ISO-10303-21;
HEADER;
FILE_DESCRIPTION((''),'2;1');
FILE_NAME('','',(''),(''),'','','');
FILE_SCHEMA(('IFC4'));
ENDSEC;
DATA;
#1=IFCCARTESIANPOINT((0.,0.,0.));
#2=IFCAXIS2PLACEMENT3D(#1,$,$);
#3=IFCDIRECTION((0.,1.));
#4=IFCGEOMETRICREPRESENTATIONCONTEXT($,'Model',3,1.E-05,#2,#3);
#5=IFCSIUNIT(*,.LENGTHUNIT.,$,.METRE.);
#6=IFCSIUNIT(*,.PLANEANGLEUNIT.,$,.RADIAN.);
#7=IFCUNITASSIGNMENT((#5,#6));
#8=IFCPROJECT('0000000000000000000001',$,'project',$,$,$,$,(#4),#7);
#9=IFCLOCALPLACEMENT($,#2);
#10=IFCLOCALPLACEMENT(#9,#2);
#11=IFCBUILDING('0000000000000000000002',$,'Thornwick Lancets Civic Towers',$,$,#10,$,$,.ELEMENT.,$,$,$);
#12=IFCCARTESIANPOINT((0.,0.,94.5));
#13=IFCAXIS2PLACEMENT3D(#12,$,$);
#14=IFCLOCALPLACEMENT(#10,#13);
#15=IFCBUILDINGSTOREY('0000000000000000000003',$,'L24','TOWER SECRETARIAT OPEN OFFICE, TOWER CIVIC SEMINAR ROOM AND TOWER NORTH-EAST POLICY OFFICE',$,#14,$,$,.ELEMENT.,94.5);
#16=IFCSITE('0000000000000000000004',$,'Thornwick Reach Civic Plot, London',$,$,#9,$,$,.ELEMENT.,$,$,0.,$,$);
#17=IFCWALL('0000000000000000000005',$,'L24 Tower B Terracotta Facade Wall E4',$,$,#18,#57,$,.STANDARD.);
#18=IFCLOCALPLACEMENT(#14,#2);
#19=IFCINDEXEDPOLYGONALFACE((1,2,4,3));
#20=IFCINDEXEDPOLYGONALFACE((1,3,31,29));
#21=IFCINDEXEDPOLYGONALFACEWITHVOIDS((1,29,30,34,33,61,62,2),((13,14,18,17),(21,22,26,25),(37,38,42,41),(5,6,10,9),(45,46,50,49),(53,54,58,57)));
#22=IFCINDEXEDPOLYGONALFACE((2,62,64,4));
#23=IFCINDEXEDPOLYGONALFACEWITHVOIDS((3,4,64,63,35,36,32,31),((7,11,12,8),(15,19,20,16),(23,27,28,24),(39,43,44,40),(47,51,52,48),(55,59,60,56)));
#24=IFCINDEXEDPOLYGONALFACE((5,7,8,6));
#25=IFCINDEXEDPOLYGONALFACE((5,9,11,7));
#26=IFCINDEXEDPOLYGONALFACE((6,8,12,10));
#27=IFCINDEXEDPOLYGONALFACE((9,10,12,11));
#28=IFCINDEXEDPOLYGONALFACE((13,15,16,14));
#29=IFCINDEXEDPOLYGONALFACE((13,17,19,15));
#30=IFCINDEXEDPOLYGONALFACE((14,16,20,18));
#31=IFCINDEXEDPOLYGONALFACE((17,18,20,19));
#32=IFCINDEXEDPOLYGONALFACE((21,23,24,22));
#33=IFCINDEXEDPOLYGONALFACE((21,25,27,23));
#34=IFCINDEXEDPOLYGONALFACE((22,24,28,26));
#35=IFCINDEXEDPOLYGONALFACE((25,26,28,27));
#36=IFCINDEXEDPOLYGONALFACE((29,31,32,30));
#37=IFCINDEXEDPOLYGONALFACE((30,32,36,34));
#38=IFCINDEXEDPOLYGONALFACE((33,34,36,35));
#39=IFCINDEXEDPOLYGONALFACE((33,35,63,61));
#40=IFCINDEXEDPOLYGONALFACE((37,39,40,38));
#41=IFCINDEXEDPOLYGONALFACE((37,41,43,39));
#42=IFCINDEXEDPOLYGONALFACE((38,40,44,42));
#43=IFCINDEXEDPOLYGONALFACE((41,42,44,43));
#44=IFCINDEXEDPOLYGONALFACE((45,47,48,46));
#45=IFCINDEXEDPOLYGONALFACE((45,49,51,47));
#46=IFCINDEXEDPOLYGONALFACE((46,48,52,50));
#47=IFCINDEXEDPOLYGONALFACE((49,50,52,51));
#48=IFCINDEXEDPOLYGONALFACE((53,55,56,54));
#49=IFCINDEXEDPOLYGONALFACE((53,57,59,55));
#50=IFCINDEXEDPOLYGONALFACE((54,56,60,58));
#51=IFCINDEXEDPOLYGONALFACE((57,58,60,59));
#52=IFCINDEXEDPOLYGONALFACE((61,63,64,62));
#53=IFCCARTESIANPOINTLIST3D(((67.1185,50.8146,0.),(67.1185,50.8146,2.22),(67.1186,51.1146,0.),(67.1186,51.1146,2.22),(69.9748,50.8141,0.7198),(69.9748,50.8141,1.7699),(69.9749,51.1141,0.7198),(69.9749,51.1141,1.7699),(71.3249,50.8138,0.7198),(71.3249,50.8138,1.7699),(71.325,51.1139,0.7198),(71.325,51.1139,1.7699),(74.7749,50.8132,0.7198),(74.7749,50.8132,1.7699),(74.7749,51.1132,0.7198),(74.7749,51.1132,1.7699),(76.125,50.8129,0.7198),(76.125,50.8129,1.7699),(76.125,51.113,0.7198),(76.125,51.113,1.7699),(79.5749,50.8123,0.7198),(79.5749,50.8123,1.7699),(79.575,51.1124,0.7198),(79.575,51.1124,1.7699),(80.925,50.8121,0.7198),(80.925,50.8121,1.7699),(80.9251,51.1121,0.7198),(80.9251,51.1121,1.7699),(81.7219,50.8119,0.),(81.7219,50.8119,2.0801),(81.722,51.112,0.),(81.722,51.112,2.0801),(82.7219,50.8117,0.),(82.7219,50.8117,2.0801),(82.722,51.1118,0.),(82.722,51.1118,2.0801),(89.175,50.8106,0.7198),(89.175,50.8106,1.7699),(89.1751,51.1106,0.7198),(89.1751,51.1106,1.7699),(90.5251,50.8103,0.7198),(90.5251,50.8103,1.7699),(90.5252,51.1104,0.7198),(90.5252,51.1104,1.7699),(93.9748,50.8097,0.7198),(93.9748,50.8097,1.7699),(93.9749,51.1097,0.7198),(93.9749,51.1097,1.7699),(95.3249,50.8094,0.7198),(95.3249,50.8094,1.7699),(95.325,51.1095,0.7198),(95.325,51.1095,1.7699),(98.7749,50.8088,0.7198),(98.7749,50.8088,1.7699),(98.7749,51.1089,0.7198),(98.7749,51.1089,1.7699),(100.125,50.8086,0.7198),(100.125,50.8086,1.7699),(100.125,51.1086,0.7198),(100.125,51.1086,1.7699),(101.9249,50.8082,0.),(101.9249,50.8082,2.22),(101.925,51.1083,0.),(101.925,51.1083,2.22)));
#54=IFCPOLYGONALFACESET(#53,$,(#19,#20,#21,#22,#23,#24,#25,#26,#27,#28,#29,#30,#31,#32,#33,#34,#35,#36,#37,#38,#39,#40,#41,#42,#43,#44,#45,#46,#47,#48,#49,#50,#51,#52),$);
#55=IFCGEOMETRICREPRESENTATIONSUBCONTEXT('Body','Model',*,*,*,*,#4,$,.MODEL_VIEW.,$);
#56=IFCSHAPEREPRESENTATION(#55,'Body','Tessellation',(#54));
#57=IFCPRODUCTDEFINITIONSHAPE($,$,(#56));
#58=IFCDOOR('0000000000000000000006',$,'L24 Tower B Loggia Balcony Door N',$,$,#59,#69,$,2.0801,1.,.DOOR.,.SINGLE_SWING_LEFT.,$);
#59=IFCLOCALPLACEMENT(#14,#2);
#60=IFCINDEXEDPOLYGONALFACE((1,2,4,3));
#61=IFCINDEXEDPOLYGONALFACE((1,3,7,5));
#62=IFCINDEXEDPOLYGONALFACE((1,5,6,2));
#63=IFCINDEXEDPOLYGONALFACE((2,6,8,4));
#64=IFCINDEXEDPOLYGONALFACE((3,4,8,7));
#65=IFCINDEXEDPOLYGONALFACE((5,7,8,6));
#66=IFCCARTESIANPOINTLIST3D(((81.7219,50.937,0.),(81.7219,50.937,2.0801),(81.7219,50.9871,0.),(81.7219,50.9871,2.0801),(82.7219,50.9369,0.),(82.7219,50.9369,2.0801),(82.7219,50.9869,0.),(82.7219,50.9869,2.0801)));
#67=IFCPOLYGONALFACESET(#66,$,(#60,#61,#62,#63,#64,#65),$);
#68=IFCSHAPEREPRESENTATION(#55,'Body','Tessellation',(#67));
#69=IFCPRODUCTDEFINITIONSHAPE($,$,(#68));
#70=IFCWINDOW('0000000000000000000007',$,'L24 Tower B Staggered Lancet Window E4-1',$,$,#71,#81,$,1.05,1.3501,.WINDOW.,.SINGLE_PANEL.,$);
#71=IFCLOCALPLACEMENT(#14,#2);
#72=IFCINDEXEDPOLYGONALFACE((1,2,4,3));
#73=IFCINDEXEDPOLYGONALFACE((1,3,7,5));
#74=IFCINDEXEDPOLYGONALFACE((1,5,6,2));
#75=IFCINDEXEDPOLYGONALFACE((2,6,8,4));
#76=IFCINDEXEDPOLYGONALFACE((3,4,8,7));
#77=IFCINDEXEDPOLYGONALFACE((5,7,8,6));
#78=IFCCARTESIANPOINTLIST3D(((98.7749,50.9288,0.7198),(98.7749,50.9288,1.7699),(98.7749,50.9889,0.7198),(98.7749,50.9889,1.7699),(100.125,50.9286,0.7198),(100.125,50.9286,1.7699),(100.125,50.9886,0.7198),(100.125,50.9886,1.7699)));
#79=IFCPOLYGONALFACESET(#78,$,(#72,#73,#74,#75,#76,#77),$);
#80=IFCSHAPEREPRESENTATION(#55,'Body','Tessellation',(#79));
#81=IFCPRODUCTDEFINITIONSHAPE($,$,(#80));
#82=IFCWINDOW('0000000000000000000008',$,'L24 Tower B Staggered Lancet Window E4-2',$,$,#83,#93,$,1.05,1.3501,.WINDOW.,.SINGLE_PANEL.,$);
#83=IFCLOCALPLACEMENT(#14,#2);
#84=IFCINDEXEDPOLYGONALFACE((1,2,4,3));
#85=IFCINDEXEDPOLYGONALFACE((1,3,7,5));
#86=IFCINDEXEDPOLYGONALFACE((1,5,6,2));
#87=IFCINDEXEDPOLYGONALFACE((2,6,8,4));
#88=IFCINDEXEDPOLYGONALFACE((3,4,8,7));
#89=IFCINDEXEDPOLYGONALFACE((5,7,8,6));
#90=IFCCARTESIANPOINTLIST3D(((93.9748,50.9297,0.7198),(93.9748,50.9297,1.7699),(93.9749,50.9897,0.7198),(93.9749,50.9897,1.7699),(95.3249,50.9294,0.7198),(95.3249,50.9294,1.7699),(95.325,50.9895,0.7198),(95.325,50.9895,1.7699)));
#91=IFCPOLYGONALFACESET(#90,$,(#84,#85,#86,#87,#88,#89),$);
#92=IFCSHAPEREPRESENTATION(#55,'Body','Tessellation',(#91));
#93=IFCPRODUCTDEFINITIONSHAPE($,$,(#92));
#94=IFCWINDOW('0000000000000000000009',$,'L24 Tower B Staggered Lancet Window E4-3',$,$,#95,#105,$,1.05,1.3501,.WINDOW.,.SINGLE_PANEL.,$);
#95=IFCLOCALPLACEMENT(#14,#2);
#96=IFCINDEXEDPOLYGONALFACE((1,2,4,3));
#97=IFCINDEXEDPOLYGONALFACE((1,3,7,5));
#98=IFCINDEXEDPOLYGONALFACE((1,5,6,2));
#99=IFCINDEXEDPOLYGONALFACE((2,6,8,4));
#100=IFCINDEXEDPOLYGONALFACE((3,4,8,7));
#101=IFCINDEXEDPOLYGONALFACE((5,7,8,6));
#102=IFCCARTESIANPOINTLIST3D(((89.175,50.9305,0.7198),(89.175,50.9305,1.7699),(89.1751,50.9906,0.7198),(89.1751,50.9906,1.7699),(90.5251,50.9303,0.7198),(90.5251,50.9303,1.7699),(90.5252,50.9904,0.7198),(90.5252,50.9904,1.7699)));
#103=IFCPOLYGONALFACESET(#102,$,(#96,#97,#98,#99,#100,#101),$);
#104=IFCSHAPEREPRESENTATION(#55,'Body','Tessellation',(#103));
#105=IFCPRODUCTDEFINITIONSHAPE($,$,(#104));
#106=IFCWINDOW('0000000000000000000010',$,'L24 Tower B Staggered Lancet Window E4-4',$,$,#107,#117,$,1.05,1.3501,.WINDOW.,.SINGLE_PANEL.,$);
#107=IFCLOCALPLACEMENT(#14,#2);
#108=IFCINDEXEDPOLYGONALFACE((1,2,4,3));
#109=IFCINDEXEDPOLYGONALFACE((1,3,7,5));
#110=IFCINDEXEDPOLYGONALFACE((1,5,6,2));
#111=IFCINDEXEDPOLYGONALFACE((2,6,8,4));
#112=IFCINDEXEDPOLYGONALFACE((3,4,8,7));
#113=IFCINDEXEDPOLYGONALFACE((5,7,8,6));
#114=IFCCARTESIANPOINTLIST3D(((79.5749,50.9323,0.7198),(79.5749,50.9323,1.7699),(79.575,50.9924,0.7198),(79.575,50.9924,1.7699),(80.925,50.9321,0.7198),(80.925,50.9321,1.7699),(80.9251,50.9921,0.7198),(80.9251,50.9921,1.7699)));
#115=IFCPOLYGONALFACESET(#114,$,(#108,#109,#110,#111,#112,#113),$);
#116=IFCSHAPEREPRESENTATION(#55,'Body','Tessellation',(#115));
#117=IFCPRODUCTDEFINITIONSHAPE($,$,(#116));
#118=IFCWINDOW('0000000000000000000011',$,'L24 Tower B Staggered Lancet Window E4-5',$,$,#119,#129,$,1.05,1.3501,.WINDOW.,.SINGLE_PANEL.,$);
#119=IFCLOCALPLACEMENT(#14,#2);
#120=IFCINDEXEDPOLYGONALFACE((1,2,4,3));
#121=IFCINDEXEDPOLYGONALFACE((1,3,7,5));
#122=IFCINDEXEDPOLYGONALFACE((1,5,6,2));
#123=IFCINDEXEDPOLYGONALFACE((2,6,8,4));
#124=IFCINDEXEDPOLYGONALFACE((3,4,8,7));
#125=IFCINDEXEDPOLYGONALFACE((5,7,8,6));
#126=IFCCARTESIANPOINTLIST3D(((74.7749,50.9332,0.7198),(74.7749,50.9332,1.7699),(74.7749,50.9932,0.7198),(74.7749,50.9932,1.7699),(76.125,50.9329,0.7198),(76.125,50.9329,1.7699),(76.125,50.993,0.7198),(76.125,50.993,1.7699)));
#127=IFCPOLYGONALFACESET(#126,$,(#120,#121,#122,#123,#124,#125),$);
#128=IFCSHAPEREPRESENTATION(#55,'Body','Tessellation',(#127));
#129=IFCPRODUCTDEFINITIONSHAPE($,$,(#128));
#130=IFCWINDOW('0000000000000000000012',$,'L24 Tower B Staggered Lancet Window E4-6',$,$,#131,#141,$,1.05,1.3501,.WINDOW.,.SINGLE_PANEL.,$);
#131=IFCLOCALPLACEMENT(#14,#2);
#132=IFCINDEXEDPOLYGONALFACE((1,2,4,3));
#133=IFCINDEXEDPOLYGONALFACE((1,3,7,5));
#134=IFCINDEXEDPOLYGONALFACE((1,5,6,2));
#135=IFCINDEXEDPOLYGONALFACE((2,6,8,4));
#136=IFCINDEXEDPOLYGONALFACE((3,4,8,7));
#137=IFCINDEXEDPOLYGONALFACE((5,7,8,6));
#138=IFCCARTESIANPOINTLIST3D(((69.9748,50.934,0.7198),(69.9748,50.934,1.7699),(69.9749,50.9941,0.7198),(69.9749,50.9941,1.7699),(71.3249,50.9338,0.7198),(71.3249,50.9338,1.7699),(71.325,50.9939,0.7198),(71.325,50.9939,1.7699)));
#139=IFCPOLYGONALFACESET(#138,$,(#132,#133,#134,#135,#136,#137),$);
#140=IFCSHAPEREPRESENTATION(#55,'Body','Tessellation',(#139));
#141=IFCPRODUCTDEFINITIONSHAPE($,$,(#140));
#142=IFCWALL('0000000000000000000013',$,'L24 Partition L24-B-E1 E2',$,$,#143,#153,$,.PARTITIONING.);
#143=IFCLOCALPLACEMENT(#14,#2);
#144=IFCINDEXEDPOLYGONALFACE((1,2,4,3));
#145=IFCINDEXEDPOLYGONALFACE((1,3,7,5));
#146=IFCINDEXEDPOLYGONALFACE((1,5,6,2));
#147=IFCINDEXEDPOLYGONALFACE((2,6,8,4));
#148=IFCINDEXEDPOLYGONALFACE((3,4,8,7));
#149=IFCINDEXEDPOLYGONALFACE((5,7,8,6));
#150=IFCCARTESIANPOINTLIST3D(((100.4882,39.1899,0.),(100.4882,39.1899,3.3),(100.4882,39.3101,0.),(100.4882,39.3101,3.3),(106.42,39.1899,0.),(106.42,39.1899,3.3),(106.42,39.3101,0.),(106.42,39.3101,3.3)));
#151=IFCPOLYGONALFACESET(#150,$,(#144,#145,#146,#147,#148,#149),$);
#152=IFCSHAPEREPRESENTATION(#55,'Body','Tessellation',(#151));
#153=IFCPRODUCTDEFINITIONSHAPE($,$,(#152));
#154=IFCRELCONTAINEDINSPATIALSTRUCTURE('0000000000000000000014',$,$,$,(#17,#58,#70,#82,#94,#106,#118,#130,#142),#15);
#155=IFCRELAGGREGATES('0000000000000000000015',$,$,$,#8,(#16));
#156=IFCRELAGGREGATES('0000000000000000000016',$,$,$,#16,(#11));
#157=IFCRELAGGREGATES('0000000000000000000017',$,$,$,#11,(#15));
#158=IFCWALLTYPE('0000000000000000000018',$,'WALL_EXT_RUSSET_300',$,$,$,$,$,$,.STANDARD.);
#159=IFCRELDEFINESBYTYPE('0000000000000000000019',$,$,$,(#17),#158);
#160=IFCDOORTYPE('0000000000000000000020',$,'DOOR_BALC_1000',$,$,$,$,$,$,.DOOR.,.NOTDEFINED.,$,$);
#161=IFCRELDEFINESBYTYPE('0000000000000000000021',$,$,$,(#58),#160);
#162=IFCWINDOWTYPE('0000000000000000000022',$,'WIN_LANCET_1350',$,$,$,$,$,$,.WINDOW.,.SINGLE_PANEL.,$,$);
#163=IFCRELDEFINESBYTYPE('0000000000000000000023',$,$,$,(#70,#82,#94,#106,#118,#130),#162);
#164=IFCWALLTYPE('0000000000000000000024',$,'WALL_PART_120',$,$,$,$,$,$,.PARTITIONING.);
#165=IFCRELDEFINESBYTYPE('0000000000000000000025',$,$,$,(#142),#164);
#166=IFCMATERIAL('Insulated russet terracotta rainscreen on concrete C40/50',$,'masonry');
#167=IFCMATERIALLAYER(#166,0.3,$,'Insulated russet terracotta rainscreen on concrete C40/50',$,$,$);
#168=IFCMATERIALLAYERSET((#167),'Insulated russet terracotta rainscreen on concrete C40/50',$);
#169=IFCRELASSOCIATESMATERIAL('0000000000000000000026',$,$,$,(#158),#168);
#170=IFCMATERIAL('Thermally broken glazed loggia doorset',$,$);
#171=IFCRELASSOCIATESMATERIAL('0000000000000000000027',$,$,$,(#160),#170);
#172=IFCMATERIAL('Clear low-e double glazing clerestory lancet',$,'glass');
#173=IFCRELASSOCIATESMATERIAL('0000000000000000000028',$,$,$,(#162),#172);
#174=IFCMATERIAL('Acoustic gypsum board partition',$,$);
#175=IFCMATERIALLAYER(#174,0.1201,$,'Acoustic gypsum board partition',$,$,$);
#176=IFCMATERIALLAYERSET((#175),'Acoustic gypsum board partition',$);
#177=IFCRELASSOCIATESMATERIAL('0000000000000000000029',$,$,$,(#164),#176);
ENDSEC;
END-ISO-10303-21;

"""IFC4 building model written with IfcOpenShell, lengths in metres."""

from ifc_helpers import new_model, si_unit, direction, frame, frame_2d, origin, place, context, subcontext, project, spatial, rectangle, extrude, material, layer, layer_set, type_object, element, fill, save


model = new_model("IFC4")

# Units and contexts
model_context = context("Model", 3, precision=1e-05, world=origin(), true_north=direction((0.0, 1.0)))
body_context = subcontext(model_context, "Body", "Model", "MODEL_VIEW")
ifc_project = project(units=[si_unit("LENGTHUNIT", "METRE"), si_unit("PLANEANGLEUNIT", "RADIAN")], contexts=[model_context])

# Site, building, storey
site_placement = place(None, origin())
site = spatial("IfcSite", under=ifc_project, at=site_placement, Name="Thornwick Reach Civic Plot, London", CompositionType="ELEMENT", RefElevation=0.0)
building_placement = place(site_placement, origin())
building = spatial("IfcBuilding", under=site, at=building_placement, Name="Thornwick Lancets Civic Towers", CompositionType="ELEMENT")
storey_placement = place(building_placement, frame((0.0, 0.0, 94.5)))
storey = spatial("IfcBuildingStorey", under=building, at=storey_placement, Name="L24", Description="TOWER SECRETARIAT OPEN OFFICE, TOWER CIVIC SEMINAR ROOM AND TOWER NORTH-EAST POLICY OFFICE", CompositionType="ELEMENT", Elevation=94.5)

# Wall, openings, door, windows
ifc_material_1 = material(Name="Insulated russet terracotta rainscreen on concrete C40/50", Category="masonry")
ifc_layer_1 = layer(ifc_material_1, 0.3, Name="Insulated russet terracotta rainscreen on concrete C40/50")
ifc_layer_set_1 = layer_set([ifc_layer_1], Name="Insulated russet terracotta rainscreen on concrete C40/50")
wall_type_1 = type_object("IfcWallType", Name="WALL_EXT_RUSSET_300", PredefinedType="STANDARD", material=ifc_layer_set_1)
wall_1_placement = place(storey_placement, frame((101.925, 50.9583, 0.0), z_axis=(0.0, 0.0, 1.0), x_axis=(-1.0, 0.000182, 0.0)))
wall_1 = element("IfcWall", 1, at=wall_1_placement, inside=storey, type_object=wall_type_1, Name="L24 Tower B Terracotta Facade Wall E4", PredefinedType="STANDARD", context=body_context, shape_type="SweptSolid", body=[
    extrude(rectangle(XDim=34.8064, YDim=0.3, at=frame_2d((17.4033, 0.0))), origin(), (0.0, 0.0, 1.0), 2.22),
])
opening_1_placement = place(wall_1_placement, frame((19.2031, 0.0, 0.0)))
opening_1 = element("IfcOpeningElement", 2, at=opening_1_placement, cuts=wall_1, PredefinedType="OPENING", context=body_context, shape_type="SweptSolid", body=[
    extrude(rectangle(XDim=1.0, YDim=2.0801, at=frame_2d((0.5, 1.04))), frame((0.0, 0.1602, 0.0), z_axis=(0.0, -1.0, 0.0), x_axis=(1.0, 0.0, 0.0)), (0.0, 0.0, 1.0), 0.3201),
])
opening_2_placement = place(wall_1_placement, frame((1.8, 0.0, 0.72)))
opening_2 = element("IfcOpeningElement", 3, at=opening_2_placement, cuts=wall_1, PredefinedType="OPENING", context=body_context, shape_type="SweptSolid", body=[
    extrude(rectangle(XDim=1.3501, YDim=1.05, at=frame_2d((0.675, 0.5249))), frame((0.0, 0.1602, 0.0), z_axis=(0.0, -1.0, 0.0), x_axis=(1.0, 0.0, 0.0)), (0.0, 0.0, 1.0), 0.3201),
])
opening_3_placement = place(wall_1_placement, frame((6.6001, 0.0, 0.72)))
opening_3 = element("IfcOpeningElement", 4, at=opening_3_placement, cuts=wall_1, PredefinedType="OPENING", context=body_context, shape_type="SweptSolid", body=[
    extrude(rectangle(XDim=1.3501, YDim=1.05, at=frame_2d((0.675, 0.5249))), frame((0.0, 0.1602, 0.0), z_axis=(0.0, -1.0, 0.0), x_axis=(1.0, 0.0, 0.0)), (0.0, 0.0, 1.0), 0.3201),
])
opening_4_placement = place(wall_1_placement, frame((11.3999, 0.0, 0.72)))
opening_4 = element("IfcOpeningElement", 5, at=opening_4_placement, cuts=wall_1, PredefinedType="OPENING", context=body_context, shape_type="SweptSolid", body=[
    extrude(rectangle(XDim=1.3501, YDim=1.05, at=frame_2d((0.675, 0.5249))), frame((0.0, 0.1602, 0.0), z_axis=(0.0, -1.0, 0.0), x_axis=(1.0, 0.0, 0.0)), (0.0, 0.0, 1.0), 0.3201),
])
opening_5_placement = place(wall_1_placement, frame((21.0, 0.0, 0.72)))
opening_5 = element("IfcOpeningElement", 6, at=opening_5_placement, cuts=wall_1, PredefinedType="OPENING", context=body_context, shape_type="SweptSolid", body=[
    extrude(rectangle(XDim=1.3501, YDim=1.05, at=frame_2d((0.675, 0.5249))), frame((0.0, 0.1602, 0.0), z_axis=(0.0, -1.0, 0.0), x_axis=(1.0, 0.0, 0.0)), (0.0, 0.0, 1.0), 0.3201),
])
opening_6_placement = place(wall_1_placement, frame((25.8, 0.0, 0.72)))
opening_6 = element("IfcOpeningElement", 7, at=opening_6_placement, cuts=wall_1, PredefinedType="OPENING", context=body_context, shape_type="SweptSolid", body=[
    extrude(rectangle(XDim=1.3501, YDim=1.05, at=frame_2d((0.675, 0.5249))), frame((0.0, 0.1602, 0.0), z_axis=(0.0, -1.0, 0.0), x_axis=(1.0, 0.0, 0.0)), (0.0, 0.0, 1.0), 0.3201),
])
opening_7_placement = place(wall_1_placement, frame((30.6001, 0.0, 0.72)))
opening_7 = element("IfcOpeningElement", 8, at=opening_7_placement, cuts=wall_1, PredefinedType="OPENING", context=body_context, shape_type="SweptSolid", body=[
    extrude(rectangle(XDim=1.3501, YDim=1.05, at=frame_2d((0.675, 0.5249))), frame((0.0, 0.1602, 0.0), z_axis=(0.0, -1.0, 0.0), x_axis=(1.0, 0.0, 0.0)), (0.0, 0.0, 1.0), 0.3201),
])
ifc_material_2 = material(Name="Thermally broken glazed loggia doorset")
door_type_1 = type_object("IfcDoorType", Name="DOOR_BALC_1000", OperationType="NOTDEFINED", PredefinedType="DOOR", material=ifc_material_2)
door_1_placement = place(opening_1_placement, origin())
door_1 = element("IfcDoor", 9, at=door_1_placement, inside=storey, type_object=door_type_1, Name="L24 Tower B Loggia Balcony Door N", OperationType="SINGLE_SWING_LEFT", OverallHeight=2.0801, OverallWidth=1.0, PredefinedType="DOOR", context=body_context, shape_type="SweptSolid", body=[
    extrude(rectangle(XDim=1.0, YDim=2.0801, at=frame_2d((0.5, 1.04))), frame((0.0, 0.0249, 0.0), z_axis=(0.0, -1.0, 0.0), x_axis=(1.0, 0.0, 0.0)), (0.0, 0.0, 1.0), 0.05),
])
fill(opening_1, door_1)
ifc_material_3 = material(Name="Clear low-e double glazing clerestory lancet", Category="glass")
window_type = type_object("IfcWindowType", Name="WIN_LANCET_1350", PartitioningType="SINGLE_PANEL", PredefinedType="WINDOW", material=ifc_material_3)
window_1_placement = place(opening_2_placement, origin())
window_1 = element("IfcWindow", 10, at=window_1_placement, inside=storey, type_object=window_type, Name="L24 Tower B Staggered Lancet Window E4-1", OverallHeight=1.05, OverallWidth=1.3501, PartitioningType="SINGLE_PANEL", PredefinedType="WINDOW", context=body_context, shape_type="SweptSolid", body=[
    extrude(rectangle(XDim=1.3501, YDim=1.05, at=frame_2d((0.675, 0.5249))), frame((0.0, 0.03, 0.0), z_axis=(0.0, -1.0, 0.0), x_axis=(1.0, 0.0, 0.0)), (0.0, 0.0, 1.0), 0.0601),
])
fill(opening_2, window_1)
window_2_placement = place(opening_3_placement, origin())
window_2 = element("IfcWindow", 11, at=window_2_placement, inside=storey, type_object=window_type, Name="L24 Tower B Staggered Lancet Window E4-2", OverallHeight=1.05, OverallWidth=1.3501, PartitioningType="SINGLE_PANEL", PredefinedType="WINDOW", context=body_context, shape_type="SweptSolid", body=[
    extrude(rectangle(XDim=1.3501, YDim=1.05, at=frame_2d((0.675, 0.5249))), frame((0.0, 0.03, 0.0), z_axis=(0.0, -1.0, 0.0), x_axis=(1.0, 0.0, 0.0)), (0.0, 0.0, 1.0), 0.0601),
])
fill(opening_3, window_2)
window_3_placement = place(opening_4_placement, origin())
window_3 = element("IfcWindow", 12, at=window_3_placement, inside=storey, type_object=window_type, Name="L24 Tower B Staggered Lancet Window E4-3", OverallHeight=1.05, OverallWidth=1.3501, PartitioningType="SINGLE_PANEL", PredefinedType="WINDOW", context=body_context, shape_type="SweptSolid", body=[
    extrude(rectangle(XDim=1.3501, YDim=1.05, at=frame_2d((0.675, 0.5249))), frame((0.0, 0.03, 0.0), z_axis=(0.0, -1.0, 0.0), x_axis=(1.0, 0.0, 0.0)), (0.0, 0.0, 1.0), 0.0601),
])
fill(opening_4, window_3)
window_4_placement = place(opening_5_placement, origin())
window_4 = element("IfcWindow", 13, at=window_4_placement, inside=storey, type_object=window_type, Name="L24 Tower B Staggered Lancet Window E4-4", OverallHeight=1.05, OverallWidth=1.3501, PartitioningType="SINGLE_PANEL", PredefinedType="WINDOW", context=body_context, shape_type="SweptSolid", body=[
    extrude(rectangle(XDim=1.3501, YDim=1.05, at=frame_2d((0.675, 0.5249))), frame((0.0, 0.03, 0.0), z_axis=(0.0, -1.0, 0.0), x_axis=(1.0, 0.0, 0.0)), (0.0, 0.0, 1.0), 0.0601),
])
fill(opening_5, window_4)
window_5_placement = place(opening_6_placement, origin())
window_5 = element("IfcWindow", 14, at=window_5_placement, inside=storey, type_object=window_type, Name="L24 Tower B Staggered Lancet Window E4-5", OverallHeight=1.05, OverallWidth=1.3501, PartitioningType="SINGLE_PANEL", PredefinedType="WINDOW", context=body_context, shape_type="SweptSolid", body=[
    extrude(rectangle(XDim=1.3501, YDim=1.05, at=frame_2d((0.675, 0.5249))), frame((0.0, 0.03, 0.0), z_axis=(0.0, -1.0, 0.0), x_axis=(1.0, 0.0, 0.0)), (0.0, 0.0, 1.0), 0.0601),
])
fill(opening_6, window_5)
window_6_placement = place(opening_7_placement, origin())
window_6 = element("IfcWindow", 15, at=window_6_placement, inside=storey, type_object=window_type, Name="L24 Tower B Staggered Lancet Window E4-6", OverallHeight=1.05, OverallWidth=1.3501, PartitioningType="SINGLE_PANEL", PredefinedType="WINDOW", context=body_context, shape_type="SweptSolid", body=[
    extrude(rectangle(XDim=1.3501, YDim=1.05, at=frame_2d((0.675, 0.5249))), frame((0.0, 0.03, 0.0), z_axis=(0.0, -1.0, 0.0), x_axis=(1.0, 0.0, 0.0)), (0.0, 0.0, 1.0), 0.0601),
])
fill(opening_7, window_6)

# Wall
ifc_material_4 = material(Name="Acoustic gypsum board partition")
ifc_layer_2 = layer(ifc_material_4, 0.1201, Name="Acoustic gypsum board partition")
ifc_layer_set_2 = layer_set([ifc_layer_2], Name="Acoustic gypsum board partition")
wall_type_2 = type_object("IfcWallType", Name="WALL_PART_120", PredefinedType="PARTITIONING", material=ifc_layer_set_2)
wall_2_placement = place(storey_placement, frame((106.4199, 39.25, 0.0), z_axis=(0.0, 0.0, 1.0), x_axis=(-1.0, 0.0, 0.0)))
element("IfcWall", 16, at=wall_2_placement, inside=storey, type_object=wall_type_2, Name="L24 Partition L24-B-E1 E2", PredefinedType="PARTITIONING", context=body_context, shape_type="SweptSolid", body=[
    extrude(rectangle(XDim=5.9319, YDim=0.1201, at=frame_2d((2.9658, 0.0))), origin(), (0.0, 0.0, 1.0), 3.3),
])

save(model, "model.ifc")
